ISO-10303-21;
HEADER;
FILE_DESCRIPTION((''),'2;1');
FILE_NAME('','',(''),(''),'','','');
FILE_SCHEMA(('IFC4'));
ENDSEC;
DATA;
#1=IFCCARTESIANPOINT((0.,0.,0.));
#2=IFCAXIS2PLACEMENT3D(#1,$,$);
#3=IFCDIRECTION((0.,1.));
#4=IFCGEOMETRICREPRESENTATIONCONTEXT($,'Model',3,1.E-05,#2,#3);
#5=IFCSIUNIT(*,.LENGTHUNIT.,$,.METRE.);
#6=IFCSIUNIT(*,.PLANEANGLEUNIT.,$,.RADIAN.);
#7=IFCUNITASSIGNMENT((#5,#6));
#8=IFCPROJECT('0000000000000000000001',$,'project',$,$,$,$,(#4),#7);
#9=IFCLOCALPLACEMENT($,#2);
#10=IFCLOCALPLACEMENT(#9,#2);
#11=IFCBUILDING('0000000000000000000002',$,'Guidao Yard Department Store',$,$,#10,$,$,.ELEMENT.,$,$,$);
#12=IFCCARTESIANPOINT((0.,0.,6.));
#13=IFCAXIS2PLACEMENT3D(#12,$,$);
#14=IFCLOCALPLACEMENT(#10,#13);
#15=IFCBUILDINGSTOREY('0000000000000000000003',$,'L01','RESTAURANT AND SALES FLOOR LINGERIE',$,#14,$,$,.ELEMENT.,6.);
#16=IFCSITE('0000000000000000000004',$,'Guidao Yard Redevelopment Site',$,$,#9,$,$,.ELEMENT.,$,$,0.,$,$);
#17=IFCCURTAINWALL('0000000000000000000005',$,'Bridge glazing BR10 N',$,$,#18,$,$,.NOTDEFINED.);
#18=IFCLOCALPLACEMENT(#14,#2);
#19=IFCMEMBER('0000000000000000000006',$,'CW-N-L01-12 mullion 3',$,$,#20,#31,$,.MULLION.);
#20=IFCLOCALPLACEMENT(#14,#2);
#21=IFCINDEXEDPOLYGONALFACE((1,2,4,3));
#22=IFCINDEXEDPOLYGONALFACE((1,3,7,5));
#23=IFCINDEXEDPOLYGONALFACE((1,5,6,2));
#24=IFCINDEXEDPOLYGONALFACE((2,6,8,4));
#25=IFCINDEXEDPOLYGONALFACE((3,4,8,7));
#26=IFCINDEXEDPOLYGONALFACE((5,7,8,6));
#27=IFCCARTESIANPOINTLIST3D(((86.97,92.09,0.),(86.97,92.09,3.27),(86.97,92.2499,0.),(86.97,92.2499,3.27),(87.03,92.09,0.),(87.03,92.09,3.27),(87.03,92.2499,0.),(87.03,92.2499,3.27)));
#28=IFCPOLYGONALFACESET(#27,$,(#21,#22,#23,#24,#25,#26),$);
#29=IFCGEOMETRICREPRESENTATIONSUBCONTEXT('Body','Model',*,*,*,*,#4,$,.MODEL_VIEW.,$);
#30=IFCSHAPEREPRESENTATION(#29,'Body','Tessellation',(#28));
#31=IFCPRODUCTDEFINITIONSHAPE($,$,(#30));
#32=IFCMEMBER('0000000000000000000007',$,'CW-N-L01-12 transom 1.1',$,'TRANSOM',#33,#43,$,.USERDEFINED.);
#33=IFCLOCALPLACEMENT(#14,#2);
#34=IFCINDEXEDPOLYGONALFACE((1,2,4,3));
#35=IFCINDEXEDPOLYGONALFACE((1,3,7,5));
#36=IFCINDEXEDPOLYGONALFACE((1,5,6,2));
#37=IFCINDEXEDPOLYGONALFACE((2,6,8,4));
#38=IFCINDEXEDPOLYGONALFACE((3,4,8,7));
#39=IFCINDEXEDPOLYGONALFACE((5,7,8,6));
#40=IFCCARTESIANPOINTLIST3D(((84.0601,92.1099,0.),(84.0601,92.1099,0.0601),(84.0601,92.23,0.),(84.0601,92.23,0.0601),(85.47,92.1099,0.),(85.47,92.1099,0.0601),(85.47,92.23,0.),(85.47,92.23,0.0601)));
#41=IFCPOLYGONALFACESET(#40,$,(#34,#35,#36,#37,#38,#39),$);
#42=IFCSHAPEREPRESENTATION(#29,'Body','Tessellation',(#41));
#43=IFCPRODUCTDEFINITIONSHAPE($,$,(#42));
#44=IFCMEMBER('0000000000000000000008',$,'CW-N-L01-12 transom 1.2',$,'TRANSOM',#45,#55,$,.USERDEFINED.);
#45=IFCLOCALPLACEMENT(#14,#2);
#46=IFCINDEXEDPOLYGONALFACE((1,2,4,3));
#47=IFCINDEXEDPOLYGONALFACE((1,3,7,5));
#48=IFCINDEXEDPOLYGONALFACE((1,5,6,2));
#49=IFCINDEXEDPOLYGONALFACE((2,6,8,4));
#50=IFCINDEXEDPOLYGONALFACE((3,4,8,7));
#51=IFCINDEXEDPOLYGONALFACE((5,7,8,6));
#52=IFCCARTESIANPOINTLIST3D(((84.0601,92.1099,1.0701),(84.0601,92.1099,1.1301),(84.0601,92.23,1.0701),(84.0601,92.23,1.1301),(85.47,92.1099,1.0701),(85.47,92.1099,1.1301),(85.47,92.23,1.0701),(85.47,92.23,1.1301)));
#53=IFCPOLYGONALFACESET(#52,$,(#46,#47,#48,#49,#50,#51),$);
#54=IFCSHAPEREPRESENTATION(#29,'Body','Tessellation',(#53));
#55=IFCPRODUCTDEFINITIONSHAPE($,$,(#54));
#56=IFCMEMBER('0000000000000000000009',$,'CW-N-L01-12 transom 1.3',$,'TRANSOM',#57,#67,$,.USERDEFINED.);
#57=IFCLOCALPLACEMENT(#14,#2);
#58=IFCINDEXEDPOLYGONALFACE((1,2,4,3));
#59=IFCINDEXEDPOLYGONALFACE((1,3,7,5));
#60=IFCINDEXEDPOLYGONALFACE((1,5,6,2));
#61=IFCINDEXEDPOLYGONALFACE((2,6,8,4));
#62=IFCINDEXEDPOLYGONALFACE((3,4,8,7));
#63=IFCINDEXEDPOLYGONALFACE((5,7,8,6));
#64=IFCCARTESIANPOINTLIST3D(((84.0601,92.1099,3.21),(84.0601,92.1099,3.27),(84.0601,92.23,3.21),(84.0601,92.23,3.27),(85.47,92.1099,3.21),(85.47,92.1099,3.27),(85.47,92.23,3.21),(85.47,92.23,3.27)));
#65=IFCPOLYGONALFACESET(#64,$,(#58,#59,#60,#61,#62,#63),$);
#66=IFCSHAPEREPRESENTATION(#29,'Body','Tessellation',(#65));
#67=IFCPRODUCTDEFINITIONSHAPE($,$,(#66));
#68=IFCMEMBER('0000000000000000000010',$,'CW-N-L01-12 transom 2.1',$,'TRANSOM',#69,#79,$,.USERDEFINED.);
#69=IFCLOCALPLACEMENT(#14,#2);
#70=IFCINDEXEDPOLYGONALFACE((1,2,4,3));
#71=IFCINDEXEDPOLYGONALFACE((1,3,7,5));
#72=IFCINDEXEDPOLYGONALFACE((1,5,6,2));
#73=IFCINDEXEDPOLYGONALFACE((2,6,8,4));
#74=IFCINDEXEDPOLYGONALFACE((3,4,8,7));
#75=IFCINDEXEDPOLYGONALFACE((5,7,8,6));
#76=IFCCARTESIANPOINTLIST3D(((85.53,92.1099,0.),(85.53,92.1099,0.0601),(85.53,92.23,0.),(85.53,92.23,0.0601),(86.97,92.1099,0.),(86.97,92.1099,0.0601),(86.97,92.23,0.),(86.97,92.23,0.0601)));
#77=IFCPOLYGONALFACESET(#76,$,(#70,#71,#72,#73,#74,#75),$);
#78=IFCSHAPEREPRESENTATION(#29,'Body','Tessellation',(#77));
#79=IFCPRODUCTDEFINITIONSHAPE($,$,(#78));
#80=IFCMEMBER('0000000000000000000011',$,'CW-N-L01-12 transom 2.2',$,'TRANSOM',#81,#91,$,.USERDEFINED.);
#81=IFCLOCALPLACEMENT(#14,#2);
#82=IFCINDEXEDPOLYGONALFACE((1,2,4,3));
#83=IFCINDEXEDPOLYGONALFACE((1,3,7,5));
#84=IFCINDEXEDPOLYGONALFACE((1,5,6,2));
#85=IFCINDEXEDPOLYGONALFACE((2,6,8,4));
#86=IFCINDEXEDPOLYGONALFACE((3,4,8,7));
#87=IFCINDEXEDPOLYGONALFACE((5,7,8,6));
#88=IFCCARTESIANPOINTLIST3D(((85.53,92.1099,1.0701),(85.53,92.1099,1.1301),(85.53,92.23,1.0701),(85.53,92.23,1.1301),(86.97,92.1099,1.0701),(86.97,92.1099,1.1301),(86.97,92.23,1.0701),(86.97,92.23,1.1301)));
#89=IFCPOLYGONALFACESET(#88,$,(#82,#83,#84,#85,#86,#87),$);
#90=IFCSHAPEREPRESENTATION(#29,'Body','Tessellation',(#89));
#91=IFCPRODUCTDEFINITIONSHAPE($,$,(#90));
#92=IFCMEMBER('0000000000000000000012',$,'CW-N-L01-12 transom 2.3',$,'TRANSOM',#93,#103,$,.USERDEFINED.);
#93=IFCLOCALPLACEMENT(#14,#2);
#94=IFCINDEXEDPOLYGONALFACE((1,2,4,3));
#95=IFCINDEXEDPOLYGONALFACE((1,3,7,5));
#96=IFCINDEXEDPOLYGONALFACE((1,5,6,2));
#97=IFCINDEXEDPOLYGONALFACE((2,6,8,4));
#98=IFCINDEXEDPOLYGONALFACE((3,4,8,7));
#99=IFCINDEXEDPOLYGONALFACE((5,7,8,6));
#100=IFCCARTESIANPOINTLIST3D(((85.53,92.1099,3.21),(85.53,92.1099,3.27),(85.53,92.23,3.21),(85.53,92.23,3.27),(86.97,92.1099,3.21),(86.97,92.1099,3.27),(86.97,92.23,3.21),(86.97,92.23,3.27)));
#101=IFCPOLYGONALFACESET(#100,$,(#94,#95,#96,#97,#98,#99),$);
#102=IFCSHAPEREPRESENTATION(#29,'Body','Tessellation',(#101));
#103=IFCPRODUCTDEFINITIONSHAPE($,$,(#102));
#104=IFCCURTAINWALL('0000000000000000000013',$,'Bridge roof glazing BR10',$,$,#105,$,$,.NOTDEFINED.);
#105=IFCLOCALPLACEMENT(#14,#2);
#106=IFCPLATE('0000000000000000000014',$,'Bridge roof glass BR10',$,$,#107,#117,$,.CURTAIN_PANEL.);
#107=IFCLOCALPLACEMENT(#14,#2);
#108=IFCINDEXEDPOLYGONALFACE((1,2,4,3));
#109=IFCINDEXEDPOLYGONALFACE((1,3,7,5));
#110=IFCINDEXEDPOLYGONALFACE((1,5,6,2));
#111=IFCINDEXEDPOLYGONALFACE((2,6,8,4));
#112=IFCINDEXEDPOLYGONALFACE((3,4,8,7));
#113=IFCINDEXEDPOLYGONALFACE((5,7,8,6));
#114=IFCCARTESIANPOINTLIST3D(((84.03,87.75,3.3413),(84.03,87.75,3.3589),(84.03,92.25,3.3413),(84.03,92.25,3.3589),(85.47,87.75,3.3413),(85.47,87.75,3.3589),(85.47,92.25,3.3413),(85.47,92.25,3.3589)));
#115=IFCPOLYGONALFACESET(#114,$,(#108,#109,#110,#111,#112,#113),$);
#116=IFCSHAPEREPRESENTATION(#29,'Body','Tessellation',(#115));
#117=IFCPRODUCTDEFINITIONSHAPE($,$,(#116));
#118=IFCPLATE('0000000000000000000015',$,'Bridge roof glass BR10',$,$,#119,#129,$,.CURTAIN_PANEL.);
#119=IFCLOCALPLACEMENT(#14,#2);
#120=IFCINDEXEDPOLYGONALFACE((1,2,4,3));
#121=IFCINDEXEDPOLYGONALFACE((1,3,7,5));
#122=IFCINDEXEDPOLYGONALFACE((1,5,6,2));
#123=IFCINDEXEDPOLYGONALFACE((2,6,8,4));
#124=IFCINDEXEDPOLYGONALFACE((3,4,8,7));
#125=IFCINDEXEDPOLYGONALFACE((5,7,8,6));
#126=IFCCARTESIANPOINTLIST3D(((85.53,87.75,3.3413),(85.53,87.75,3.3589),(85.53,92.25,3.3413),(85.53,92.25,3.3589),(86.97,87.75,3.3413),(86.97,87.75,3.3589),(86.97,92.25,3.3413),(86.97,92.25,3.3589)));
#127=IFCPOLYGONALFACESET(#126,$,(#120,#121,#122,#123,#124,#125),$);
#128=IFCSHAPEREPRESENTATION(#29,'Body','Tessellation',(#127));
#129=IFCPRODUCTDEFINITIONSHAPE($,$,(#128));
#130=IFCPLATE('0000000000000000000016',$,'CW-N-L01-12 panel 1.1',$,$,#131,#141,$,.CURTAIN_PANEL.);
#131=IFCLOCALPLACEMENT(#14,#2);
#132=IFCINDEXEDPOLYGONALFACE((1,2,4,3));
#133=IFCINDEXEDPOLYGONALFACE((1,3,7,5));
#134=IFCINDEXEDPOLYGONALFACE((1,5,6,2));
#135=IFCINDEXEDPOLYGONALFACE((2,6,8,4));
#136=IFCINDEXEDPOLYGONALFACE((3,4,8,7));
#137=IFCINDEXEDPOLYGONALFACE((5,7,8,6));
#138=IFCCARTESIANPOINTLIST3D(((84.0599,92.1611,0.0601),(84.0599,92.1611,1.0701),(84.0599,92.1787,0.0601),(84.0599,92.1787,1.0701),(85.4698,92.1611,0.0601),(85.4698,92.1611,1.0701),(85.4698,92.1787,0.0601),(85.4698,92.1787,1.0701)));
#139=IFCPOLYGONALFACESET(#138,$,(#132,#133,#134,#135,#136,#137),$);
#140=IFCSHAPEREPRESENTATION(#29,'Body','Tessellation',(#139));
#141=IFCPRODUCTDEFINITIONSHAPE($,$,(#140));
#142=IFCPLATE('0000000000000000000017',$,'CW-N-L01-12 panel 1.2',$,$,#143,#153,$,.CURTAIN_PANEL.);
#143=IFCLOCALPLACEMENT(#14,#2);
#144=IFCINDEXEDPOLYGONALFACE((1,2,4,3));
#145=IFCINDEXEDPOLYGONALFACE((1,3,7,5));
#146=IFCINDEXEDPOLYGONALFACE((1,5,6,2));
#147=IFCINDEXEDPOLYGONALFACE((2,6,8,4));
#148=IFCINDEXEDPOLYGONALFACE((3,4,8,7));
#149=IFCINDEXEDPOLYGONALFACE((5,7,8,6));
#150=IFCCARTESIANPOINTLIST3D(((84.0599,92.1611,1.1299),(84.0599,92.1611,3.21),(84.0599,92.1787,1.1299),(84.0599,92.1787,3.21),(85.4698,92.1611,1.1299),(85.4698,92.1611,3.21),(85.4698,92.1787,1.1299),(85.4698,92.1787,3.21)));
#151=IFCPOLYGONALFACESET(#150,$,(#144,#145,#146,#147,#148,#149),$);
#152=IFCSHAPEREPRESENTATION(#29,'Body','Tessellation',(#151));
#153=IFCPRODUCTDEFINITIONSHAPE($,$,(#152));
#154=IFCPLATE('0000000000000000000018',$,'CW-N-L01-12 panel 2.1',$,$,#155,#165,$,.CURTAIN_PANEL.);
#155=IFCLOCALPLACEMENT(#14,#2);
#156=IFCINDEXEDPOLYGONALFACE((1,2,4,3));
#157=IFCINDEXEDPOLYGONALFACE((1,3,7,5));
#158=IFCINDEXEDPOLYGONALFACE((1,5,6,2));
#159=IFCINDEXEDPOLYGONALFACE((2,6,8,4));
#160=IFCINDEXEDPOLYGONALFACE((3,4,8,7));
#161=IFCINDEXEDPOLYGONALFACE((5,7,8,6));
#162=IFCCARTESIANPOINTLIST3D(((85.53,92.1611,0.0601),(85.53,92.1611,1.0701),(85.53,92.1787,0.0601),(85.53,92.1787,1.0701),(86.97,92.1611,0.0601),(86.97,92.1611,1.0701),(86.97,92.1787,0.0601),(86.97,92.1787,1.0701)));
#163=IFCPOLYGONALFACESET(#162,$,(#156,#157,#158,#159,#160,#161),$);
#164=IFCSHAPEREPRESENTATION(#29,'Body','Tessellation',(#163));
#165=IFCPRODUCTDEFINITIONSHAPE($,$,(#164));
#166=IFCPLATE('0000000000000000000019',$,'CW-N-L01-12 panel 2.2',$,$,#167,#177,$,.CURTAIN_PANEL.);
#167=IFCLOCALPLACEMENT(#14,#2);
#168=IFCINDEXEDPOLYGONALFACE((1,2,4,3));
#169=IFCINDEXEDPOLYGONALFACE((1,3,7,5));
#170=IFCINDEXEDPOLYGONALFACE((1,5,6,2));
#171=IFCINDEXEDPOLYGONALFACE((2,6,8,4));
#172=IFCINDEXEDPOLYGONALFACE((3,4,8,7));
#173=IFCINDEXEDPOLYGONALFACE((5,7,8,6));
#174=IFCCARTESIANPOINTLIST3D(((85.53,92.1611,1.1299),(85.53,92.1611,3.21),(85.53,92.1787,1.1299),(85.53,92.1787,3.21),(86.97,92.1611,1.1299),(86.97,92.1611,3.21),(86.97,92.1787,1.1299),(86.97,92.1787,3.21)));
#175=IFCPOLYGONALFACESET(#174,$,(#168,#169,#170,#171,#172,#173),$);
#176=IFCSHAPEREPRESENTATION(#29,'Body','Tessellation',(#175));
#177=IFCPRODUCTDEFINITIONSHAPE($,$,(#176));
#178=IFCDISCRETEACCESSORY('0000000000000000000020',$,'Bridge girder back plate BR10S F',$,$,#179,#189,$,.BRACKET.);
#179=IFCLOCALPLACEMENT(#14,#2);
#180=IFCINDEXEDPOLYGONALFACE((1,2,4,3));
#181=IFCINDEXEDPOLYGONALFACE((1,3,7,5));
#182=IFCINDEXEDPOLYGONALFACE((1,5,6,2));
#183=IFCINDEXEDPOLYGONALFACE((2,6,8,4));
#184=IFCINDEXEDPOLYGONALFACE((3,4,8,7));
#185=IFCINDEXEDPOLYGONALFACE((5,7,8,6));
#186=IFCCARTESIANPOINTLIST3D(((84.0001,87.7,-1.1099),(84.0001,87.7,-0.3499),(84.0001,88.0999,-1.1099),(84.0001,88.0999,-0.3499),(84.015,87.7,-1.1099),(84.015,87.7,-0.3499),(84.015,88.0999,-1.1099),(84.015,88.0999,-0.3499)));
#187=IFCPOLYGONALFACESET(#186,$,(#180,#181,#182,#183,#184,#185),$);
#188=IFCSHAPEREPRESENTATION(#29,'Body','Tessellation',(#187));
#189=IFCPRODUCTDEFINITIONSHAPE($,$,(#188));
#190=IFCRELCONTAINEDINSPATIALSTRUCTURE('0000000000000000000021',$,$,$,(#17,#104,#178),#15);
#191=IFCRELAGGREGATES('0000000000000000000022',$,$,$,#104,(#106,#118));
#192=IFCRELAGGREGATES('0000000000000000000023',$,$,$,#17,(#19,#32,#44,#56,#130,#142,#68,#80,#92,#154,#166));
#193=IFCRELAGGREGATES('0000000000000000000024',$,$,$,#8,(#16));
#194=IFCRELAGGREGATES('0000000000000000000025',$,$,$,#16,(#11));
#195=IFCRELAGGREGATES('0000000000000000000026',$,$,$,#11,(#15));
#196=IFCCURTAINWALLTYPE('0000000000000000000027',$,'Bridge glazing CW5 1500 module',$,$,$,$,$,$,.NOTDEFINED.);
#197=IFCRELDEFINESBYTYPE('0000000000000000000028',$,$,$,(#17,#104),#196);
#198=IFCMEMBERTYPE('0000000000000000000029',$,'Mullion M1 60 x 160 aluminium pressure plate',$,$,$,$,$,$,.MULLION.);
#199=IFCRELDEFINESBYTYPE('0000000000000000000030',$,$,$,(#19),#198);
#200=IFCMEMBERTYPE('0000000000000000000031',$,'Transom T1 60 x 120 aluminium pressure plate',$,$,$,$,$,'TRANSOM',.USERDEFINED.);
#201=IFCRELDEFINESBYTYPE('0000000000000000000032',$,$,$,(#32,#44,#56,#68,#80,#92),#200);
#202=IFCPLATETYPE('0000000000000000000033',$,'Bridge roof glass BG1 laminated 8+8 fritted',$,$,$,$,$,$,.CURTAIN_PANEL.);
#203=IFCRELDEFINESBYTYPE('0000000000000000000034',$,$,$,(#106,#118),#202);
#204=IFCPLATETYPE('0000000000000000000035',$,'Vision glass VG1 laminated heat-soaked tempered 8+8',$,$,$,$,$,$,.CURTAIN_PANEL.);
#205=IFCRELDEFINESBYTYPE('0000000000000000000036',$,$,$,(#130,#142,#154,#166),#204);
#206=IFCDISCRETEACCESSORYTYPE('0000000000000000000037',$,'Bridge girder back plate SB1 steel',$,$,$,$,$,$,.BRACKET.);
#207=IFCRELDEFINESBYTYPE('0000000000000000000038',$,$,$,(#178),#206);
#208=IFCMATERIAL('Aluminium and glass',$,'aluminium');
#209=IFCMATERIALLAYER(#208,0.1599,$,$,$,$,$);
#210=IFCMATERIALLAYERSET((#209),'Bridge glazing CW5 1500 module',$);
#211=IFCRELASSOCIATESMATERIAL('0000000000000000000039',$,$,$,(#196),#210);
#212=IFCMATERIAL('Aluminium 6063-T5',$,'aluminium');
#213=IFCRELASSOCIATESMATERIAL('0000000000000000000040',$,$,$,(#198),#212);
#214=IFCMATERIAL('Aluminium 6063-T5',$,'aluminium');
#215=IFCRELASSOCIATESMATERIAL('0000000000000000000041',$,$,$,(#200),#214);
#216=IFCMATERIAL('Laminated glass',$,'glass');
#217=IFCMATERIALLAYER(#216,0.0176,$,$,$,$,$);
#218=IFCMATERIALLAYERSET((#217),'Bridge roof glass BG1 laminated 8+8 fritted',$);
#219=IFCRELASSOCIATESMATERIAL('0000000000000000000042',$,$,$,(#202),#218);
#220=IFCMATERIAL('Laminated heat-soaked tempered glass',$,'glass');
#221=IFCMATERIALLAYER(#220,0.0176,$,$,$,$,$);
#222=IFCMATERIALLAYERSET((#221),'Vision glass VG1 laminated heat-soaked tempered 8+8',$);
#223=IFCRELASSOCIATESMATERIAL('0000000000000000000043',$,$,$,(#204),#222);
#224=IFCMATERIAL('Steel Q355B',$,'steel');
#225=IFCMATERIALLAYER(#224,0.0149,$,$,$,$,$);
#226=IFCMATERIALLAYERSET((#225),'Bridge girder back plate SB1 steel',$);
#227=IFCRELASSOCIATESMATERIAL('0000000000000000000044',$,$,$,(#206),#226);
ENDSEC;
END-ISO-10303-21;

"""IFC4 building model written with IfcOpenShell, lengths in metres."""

from ifc_helpers import new_model, si_unit, direction, frame, origin, origin_2d, place, context, subcontext, project, spatial, rectangle, extrude, material, layer, layer_set, material_profile, profile_set, type_object, element, aggregate, save


model = new_model("IFC4")

# Units and contexts
model_context = context("Model", 3, precision=1e-05, world=origin(), true_north=direction((0.0, 1.0)))
body_context = subcontext(model_context, "Body", "Model", "MODEL_VIEW")
ifc_project = project(units=[si_unit("LENGTHUNIT", "METRE"), si_unit("PLANEANGLEUNIT", "RADIAN")], contexts=[model_context])

# Site, building, storey
site_placement = place(None, origin())
site = spatial("IfcSite", under=ifc_project, at=site_placement, Name="Guidao Yard Redevelopment Site", CompositionType="ELEMENT", RefElevation=0.0)
building_placement = place(site_placement, origin())
building = spatial("IfcBuilding", under=site, at=building_placement, Name="Guidao Yard Department Store", CompositionType="ELEMENT")
storey_placement = place(building_placement, frame((0.0, 0.0, 6.0)))
storey = spatial("IfcBuildingStorey", under=building, at=storey_placement, Name="L01", Description="RESTAURANT AND SALES FLOOR LINGERIE", CompositionType="ELEMENT", Elevation=6.0)

# Curtain wall, members
ifc_material_1 = material(Name="Aluminium and glass", Category="aluminium")
ifc_layer_1 = layer(ifc_material_1, 0.1599)
ifc_layer_set_1 = layer_set([ifc_layer_1], Name="Bridge glazing CW5 1500 module")
curtain_wall_type = type_object("IfcCurtainWallType", Name="Bridge glazing CW5 1500 module", PredefinedType="NOTDEFINED", material=ifc_layer_set_1)
curtain_wall_1_placement = place(storey_placement, origin())
curtain_wall_1 = element("IfcCurtainWall", 1, at=curtain_wall_1_placement, inside=storey, type_object=curtain_wall_type, Name="Bridge glazing BR10 N", PredefinedType="NOTDEFINED")
ifc_material_2 = material(Name="Aluminium 6063-T5", Category="aluminium")
ifc_material_profile_1 = material_profile(ifc_material_2, rectangle(XDim=0.0601, YDim=0.1599, at=origin_2d()), Name="Mullion M1 60 x 160 aluminium pressure plate")
ifc_profile_set_1 = profile_set([ifc_material_profile_1], Name="Aluminium 6063-T5")
member_type_1 = type_object("IfcMemberType", Name="Mullion M1 60 x 160 aluminium pressure plate", PredefinedType="MULLION", material=ifc_profile_set_1)
member_1_placement = place(storey_placement, frame((87.0, 92.1699, 0.0), z_axis=(0.0, 0.0, 1.0), x_axis=(1.0, 0.0, 0.0)))
member_1 = element("IfcMember", 2, at=member_1_placement, type_object=member_type_1, Name="CW-N-L01-12 mullion 3", PredefinedType="MULLION", context=body_context, shape_type="SweptSolid", body=[
    extrude(rectangle(XDim=0.0601, YDim=0.1599, at=origin_2d()), origin(), (0.0, 0.0, 1.0), 3.27),
])
ifc_material_3 = material(Name="Aluminium 6063-T5", Category="aluminium")
ifc_material_profile_2 = material_profile(ifc_material_3, rectangle(XDim=0.1201, YDim=0.0601, at=origin_2d()), Name="Transom T1 60 x 120 aluminium pressure plate")
ifc_profile_set_2 = profile_set([ifc_material_profile_2], Name="Aluminium 6063-T5")
member_type_2 = type_object("IfcMemberType", Name="Transom T1 60 x 120 aluminium pressure plate", ElementType="TRANSOM", PredefinedType="USERDEFINED", material=ifc_profile_set_2)
member_2_placement = place(storey_placement, frame((84.0601, 92.1699, 0.03), z_axis=(1.0, 0.0, 0.0), x_axis=(0.0, 1.0, 0.0)))
member_2 = element("IfcMember", 3, at=member_2_placement, type_object=member_type_2, Name="CW-N-L01-12 transom 1.1", ObjectType="TRANSOM", PredefinedType="USERDEFINED", context=body_context, shape_type="SweptSolid", body=[
    extrude(rectangle(XDim=0.1201, YDim=0.0601, at=origin_2d()), origin(), (0.0, 0.0, 1.0), 1.4099),
])
member_3_placement = place(storey_placement, frame((84.0601, 92.1699, 1.1001), z_axis=(1.0, 0.0, 0.0), x_axis=(0.0, 1.0, 0.0)))
member_3 = element("IfcMember", 4, at=member_3_placement, type_object=member_type_2, Name="CW-N-L01-12 transom 1.2", ObjectType="TRANSOM", PredefinedType="USERDEFINED", context=body_context, shape_type="SweptSolid", body=[
    extrude(rectangle(XDim=0.1201, YDim=0.0601, at=origin_2d()), origin(), (0.0, 0.0, 1.0), 1.4099),
])
member_4_placement = place(storey_placement, frame((84.0601, 92.1699, 3.24), z_axis=(1.0, 0.0, 0.0), x_axis=(0.0, 1.0, 0.0)))
member_4 = element("IfcMember", 5, at=member_4_placement, type_object=member_type_2, Name="CW-N-L01-12 transom 1.3", ObjectType="TRANSOM", PredefinedType="USERDEFINED", context=body_context, shape_type="SweptSolid", body=[
    extrude(rectangle(XDim=0.1201, YDim=0.0601, at=origin_2d()), origin(), (0.0, 0.0, 1.0), 1.4099),
])
member_5_placement = place(storey_placement, frame((85.53, 92.1699, 0.03), z_axis=(1.0, 0.0, 0.0), x_axis=(0.0, 1.0, 0.0)))
member_5 = element("IfcMember", 6, at=member_5_placement, type_object=member_type_2, Name="CW-N-L01-12 transom 2.1", ObjectType="TRANSOM", PredefinedType="USERDEFINED", context=body_context, shape_type="SweptSolid", body=[
    extrude(rectangle(XDim=0.1201, YDim=0.0601, at=origin_2d()), origin(), (0.0, 0.0, 1.0), 1.4399),
])
member_6_placement = place(storey_placement, frame((85.53, 92.1699, 1.1001), z_axis=(1.0, 0.0, 0.0), x_axis=(0.0, 1.0, 0.0)))
member_6 = element("IfcMember", 7, at=member_6_placement, type_object=member_type_2, Name="CW-N-L01-12 transom 2.2", ObjectType="TRANSOM", PredefinedType="USERDEFINED", context=body_context, shape_type="SweptSolid", body=[
    extrude(rectangle(XDim=0.1201, YDim=0.0601, at=origin_2d()), origin(), (0.0, 0.0, 1.0), 1.4399),
])
member_7_placement = place(storey_placement, frame((85.53, 92.1699, 3.24), z_axis=(1.0, 0.0, 0.0), x_axis=(0.0, 1.0, 0.0)))
member_7 = element("IfcMember", 8, at=member_7_placement, type_object=member_type_2, Name="CW-N-L01-12 transom 2.3", ObjectType="TRANSOM", PredefinedType="USERDEFINED", context=body_context, shape_type="SweptSolid", body=[
    extrude(rectangle(XDim=0.1201, YDim=0.0601, at=origin_2d()), origin(), (0.0, 0.0, 1.0), 1.4399),
])

# Curtain wall, plates
curtain_wall_2_placement = place(storey_placement, origin())
curtain_wall_2 = element("IfcCurtainWall", 9, at=curtain_wall_2_placement, inside=storey, type_object=curtain_wall_type, Name="Bridge roof glazing BR10", PredefinedType="NOTDEFINED")
ifc_material_4 = material(Name="Laminated glass", Category="glass")
ifc_layer_2 = layer(ifc_material_4, 0.0176)
ifc_layer_set_2 = layer_set([ifc_layer_2], Name="Bridge roof glass BG1 laminated 8+8 fritted")
plate_type_1 = type_object("IfcPlateType", Name="Bridge roof glass BG1 laminated 8+8 fritted", PredefinedType="CURTAIN_PANEL", material=ifc_layer_set_2)
plate_1_placement = place(storey_placement, frame((84.75, 90.0, 3.3413), z_axis=(0.0, 0.0, 1.0), x_axis=(1.0, 0.0, 0.0)))
plate_1 = element("IfcPlate", 10, at=plate_1_placement, type_object=plate_type_1, Name="Bridge roof glass BR10", PredefinedType="CURTAIN_PANEL", context=body_context, shape_type="SweptSolid", body=[
    extrude(rectangle(XDim=1.4399, YDim=4.5, at=origin_2d()), origin(), (0.0, 0.0, 1.0), 0.0176),
])
plate_2_placement = place(storey_placement, frame((86.25, 90.0, 3.3413), z_axis=(0.0, 0.0, 1.0), x_axis=(1.0, 0.0, 0.0)))
plate_2 = element("IfcPlate", 11, at=plate_2_placement, type_object=plate_type_1, Name="Bridge roof glass BR10", PredefinedType="CURTAIN_PANEL", context=body_context, shape_type="SweptSolid", body=[
    extrude(rectangle(XDim=1.4399, YDim=4.5, at=origin_2d()), origin(), (0.0, 0.0, 1.0), 0.0176),
])
aggregate(curtain_wall_2, [plate_1, plate_2])

# Plates
ifc_material_5 = material(Name="Laminated heat-soaked tempered glass", Category="glass")
ifc_layer_3 = layer(ifc_material_5, 0.0176)
ifc_layer_set_3 = layer_set([ifc_layer_3], Name="Vision glass VG1 laminated heat-soaked tempered 8+8")
plate_type_2 = type_object("IfcPlateType", Name="Vision glass VG1 laminated heat-soaked tempered 8+8", PredefinedType="CURTAIN_PANEL", material=ifc_layer_set_3)
plate_3_placement = place(storey_placement, frame((84.7649, 92.1699, 0.0601), z_axis=(0.0, 0.0, 1.0), x_axis=(1.0, 0.0, 0.0)))
plate_3 = element("IfcPlate", 12, at=plate_3_placement, type_object=plate_type_2, Name="CW-N-L01-12 panel 1.1", PredefinedType="CURTAIN_PANEL", context=body_context, shape_type="SweptSolid", body=[
    extrude(rectangle(XDim=1.4099, YDim=0.0176, at=origin_2d()), origin(), (0.0, 0.0, 1.0), 1.01),
])
plate_4_placement = place(storey_placement, frame((84.7649, 92.1699, 1.1299), z_axis=(0.0, 0.0, 1.0), x_axis=(1.0, 0.0, 0.0)))
plate_4 = element("IfcPlate", 13, at=plate_4_placement, type_object=plate_type_2, Name="CW-N-L01-12 panel 1.2", PredefinedType="CURTAIN_PANEL", context=body_context, shape_type="SweptSolid", body=[
    extrude(rectangle(XDim=1.4099, YDim=0.0176, at=origin_2d()), origin(), (0.0, 0.0, 1.0), 2.0801),
])
plate_5_placement = place(storey_placement, frame((86.25, 92.1699, 0.0601), z_axis=(0.0, 0.0, 1.0), x_axis=(1.0, 0.0, 0.0)))
plate_5 = element("IfcPlate", 14, at=plate_5_placement, type_object=plate_type_2, Name="CW-N-L01-12 panel 2.1", PredefinedType="CURTAIN_PANEL", context=body_context, shape_type="SweptSolid", body=[
    extrude(rectangle(XDim=1.4399, YDim=0.0176, at=origin_2d()), origin(), (0.0, 0.0, 1.0), 1.01),
])
plate_6_placement = place(storey_placement, frame((86.25, 92.1699, 1.1299), z_axis=(0.0, 0.0, 1.0), x_axis=(1.0, 0.0, 0.0)))
plate_6 = element("IfcPlate", 15, at=plate_6_placement, type_object=plate_type_2, Name="CW-N-L01-12 panel 2.2", PredefinedType="CURTAIN_PANEL", context=body_context, shape_type="SweptSolid", body=[
    extrude(rectangle(XDim=1.4399, YDim=0.0176, at=origin_2d()), origin(), (0.0, 0.0, 1.0), 2.0801),
])
aggregate(curtain_wall_1, [member_1, member_2, member_3, member_4, plate_3, plate_4, member_5, member_6, member_7, plate_5, plate_6])

# Discrete accessory
ifc_material_6 = material(Name="Steel Q355B", Category="steel")
ifc_layer_4 = layer(ifc_material_6, 0.0149)
ifc_layer_set_4 = layer_set([ifc_layer_4], Name="Bridge girder back plate SB1 steel")
discrete_accessory_type_1 = type_object("IfcDiscreteAccessoryType", Name="Bridge girder back plate SB1 steel", PredefinedType="BRACKET", material=ifc_layer_set_4)
for number, where, z_axis, x_axis, name in (
    (16, (84.0076, 87.8999, -1.1099), (0.0, 0.0, 1.0), (1.0, 0.0, 0.0), "Bridge girder back plate BR10S F"),
):
    element("IfcDiscreteAccessory", number, at=place(storey_placement, frame(where, z_axis=z_axis, x_axis=x_axis)), inside=storey, type_object=discrete_accessory_type_1, Name=name, PredefinedType="BRACKET", context=body_context, shape_type="SweptSolid", body=[
        extrude(rectangle(XDim=0.0149, YDim=0.3999, at=origin_2d()), origin(), (0.0, 0.0, 1.0), 0.76),
    ])

save(model, "model.ifc")
